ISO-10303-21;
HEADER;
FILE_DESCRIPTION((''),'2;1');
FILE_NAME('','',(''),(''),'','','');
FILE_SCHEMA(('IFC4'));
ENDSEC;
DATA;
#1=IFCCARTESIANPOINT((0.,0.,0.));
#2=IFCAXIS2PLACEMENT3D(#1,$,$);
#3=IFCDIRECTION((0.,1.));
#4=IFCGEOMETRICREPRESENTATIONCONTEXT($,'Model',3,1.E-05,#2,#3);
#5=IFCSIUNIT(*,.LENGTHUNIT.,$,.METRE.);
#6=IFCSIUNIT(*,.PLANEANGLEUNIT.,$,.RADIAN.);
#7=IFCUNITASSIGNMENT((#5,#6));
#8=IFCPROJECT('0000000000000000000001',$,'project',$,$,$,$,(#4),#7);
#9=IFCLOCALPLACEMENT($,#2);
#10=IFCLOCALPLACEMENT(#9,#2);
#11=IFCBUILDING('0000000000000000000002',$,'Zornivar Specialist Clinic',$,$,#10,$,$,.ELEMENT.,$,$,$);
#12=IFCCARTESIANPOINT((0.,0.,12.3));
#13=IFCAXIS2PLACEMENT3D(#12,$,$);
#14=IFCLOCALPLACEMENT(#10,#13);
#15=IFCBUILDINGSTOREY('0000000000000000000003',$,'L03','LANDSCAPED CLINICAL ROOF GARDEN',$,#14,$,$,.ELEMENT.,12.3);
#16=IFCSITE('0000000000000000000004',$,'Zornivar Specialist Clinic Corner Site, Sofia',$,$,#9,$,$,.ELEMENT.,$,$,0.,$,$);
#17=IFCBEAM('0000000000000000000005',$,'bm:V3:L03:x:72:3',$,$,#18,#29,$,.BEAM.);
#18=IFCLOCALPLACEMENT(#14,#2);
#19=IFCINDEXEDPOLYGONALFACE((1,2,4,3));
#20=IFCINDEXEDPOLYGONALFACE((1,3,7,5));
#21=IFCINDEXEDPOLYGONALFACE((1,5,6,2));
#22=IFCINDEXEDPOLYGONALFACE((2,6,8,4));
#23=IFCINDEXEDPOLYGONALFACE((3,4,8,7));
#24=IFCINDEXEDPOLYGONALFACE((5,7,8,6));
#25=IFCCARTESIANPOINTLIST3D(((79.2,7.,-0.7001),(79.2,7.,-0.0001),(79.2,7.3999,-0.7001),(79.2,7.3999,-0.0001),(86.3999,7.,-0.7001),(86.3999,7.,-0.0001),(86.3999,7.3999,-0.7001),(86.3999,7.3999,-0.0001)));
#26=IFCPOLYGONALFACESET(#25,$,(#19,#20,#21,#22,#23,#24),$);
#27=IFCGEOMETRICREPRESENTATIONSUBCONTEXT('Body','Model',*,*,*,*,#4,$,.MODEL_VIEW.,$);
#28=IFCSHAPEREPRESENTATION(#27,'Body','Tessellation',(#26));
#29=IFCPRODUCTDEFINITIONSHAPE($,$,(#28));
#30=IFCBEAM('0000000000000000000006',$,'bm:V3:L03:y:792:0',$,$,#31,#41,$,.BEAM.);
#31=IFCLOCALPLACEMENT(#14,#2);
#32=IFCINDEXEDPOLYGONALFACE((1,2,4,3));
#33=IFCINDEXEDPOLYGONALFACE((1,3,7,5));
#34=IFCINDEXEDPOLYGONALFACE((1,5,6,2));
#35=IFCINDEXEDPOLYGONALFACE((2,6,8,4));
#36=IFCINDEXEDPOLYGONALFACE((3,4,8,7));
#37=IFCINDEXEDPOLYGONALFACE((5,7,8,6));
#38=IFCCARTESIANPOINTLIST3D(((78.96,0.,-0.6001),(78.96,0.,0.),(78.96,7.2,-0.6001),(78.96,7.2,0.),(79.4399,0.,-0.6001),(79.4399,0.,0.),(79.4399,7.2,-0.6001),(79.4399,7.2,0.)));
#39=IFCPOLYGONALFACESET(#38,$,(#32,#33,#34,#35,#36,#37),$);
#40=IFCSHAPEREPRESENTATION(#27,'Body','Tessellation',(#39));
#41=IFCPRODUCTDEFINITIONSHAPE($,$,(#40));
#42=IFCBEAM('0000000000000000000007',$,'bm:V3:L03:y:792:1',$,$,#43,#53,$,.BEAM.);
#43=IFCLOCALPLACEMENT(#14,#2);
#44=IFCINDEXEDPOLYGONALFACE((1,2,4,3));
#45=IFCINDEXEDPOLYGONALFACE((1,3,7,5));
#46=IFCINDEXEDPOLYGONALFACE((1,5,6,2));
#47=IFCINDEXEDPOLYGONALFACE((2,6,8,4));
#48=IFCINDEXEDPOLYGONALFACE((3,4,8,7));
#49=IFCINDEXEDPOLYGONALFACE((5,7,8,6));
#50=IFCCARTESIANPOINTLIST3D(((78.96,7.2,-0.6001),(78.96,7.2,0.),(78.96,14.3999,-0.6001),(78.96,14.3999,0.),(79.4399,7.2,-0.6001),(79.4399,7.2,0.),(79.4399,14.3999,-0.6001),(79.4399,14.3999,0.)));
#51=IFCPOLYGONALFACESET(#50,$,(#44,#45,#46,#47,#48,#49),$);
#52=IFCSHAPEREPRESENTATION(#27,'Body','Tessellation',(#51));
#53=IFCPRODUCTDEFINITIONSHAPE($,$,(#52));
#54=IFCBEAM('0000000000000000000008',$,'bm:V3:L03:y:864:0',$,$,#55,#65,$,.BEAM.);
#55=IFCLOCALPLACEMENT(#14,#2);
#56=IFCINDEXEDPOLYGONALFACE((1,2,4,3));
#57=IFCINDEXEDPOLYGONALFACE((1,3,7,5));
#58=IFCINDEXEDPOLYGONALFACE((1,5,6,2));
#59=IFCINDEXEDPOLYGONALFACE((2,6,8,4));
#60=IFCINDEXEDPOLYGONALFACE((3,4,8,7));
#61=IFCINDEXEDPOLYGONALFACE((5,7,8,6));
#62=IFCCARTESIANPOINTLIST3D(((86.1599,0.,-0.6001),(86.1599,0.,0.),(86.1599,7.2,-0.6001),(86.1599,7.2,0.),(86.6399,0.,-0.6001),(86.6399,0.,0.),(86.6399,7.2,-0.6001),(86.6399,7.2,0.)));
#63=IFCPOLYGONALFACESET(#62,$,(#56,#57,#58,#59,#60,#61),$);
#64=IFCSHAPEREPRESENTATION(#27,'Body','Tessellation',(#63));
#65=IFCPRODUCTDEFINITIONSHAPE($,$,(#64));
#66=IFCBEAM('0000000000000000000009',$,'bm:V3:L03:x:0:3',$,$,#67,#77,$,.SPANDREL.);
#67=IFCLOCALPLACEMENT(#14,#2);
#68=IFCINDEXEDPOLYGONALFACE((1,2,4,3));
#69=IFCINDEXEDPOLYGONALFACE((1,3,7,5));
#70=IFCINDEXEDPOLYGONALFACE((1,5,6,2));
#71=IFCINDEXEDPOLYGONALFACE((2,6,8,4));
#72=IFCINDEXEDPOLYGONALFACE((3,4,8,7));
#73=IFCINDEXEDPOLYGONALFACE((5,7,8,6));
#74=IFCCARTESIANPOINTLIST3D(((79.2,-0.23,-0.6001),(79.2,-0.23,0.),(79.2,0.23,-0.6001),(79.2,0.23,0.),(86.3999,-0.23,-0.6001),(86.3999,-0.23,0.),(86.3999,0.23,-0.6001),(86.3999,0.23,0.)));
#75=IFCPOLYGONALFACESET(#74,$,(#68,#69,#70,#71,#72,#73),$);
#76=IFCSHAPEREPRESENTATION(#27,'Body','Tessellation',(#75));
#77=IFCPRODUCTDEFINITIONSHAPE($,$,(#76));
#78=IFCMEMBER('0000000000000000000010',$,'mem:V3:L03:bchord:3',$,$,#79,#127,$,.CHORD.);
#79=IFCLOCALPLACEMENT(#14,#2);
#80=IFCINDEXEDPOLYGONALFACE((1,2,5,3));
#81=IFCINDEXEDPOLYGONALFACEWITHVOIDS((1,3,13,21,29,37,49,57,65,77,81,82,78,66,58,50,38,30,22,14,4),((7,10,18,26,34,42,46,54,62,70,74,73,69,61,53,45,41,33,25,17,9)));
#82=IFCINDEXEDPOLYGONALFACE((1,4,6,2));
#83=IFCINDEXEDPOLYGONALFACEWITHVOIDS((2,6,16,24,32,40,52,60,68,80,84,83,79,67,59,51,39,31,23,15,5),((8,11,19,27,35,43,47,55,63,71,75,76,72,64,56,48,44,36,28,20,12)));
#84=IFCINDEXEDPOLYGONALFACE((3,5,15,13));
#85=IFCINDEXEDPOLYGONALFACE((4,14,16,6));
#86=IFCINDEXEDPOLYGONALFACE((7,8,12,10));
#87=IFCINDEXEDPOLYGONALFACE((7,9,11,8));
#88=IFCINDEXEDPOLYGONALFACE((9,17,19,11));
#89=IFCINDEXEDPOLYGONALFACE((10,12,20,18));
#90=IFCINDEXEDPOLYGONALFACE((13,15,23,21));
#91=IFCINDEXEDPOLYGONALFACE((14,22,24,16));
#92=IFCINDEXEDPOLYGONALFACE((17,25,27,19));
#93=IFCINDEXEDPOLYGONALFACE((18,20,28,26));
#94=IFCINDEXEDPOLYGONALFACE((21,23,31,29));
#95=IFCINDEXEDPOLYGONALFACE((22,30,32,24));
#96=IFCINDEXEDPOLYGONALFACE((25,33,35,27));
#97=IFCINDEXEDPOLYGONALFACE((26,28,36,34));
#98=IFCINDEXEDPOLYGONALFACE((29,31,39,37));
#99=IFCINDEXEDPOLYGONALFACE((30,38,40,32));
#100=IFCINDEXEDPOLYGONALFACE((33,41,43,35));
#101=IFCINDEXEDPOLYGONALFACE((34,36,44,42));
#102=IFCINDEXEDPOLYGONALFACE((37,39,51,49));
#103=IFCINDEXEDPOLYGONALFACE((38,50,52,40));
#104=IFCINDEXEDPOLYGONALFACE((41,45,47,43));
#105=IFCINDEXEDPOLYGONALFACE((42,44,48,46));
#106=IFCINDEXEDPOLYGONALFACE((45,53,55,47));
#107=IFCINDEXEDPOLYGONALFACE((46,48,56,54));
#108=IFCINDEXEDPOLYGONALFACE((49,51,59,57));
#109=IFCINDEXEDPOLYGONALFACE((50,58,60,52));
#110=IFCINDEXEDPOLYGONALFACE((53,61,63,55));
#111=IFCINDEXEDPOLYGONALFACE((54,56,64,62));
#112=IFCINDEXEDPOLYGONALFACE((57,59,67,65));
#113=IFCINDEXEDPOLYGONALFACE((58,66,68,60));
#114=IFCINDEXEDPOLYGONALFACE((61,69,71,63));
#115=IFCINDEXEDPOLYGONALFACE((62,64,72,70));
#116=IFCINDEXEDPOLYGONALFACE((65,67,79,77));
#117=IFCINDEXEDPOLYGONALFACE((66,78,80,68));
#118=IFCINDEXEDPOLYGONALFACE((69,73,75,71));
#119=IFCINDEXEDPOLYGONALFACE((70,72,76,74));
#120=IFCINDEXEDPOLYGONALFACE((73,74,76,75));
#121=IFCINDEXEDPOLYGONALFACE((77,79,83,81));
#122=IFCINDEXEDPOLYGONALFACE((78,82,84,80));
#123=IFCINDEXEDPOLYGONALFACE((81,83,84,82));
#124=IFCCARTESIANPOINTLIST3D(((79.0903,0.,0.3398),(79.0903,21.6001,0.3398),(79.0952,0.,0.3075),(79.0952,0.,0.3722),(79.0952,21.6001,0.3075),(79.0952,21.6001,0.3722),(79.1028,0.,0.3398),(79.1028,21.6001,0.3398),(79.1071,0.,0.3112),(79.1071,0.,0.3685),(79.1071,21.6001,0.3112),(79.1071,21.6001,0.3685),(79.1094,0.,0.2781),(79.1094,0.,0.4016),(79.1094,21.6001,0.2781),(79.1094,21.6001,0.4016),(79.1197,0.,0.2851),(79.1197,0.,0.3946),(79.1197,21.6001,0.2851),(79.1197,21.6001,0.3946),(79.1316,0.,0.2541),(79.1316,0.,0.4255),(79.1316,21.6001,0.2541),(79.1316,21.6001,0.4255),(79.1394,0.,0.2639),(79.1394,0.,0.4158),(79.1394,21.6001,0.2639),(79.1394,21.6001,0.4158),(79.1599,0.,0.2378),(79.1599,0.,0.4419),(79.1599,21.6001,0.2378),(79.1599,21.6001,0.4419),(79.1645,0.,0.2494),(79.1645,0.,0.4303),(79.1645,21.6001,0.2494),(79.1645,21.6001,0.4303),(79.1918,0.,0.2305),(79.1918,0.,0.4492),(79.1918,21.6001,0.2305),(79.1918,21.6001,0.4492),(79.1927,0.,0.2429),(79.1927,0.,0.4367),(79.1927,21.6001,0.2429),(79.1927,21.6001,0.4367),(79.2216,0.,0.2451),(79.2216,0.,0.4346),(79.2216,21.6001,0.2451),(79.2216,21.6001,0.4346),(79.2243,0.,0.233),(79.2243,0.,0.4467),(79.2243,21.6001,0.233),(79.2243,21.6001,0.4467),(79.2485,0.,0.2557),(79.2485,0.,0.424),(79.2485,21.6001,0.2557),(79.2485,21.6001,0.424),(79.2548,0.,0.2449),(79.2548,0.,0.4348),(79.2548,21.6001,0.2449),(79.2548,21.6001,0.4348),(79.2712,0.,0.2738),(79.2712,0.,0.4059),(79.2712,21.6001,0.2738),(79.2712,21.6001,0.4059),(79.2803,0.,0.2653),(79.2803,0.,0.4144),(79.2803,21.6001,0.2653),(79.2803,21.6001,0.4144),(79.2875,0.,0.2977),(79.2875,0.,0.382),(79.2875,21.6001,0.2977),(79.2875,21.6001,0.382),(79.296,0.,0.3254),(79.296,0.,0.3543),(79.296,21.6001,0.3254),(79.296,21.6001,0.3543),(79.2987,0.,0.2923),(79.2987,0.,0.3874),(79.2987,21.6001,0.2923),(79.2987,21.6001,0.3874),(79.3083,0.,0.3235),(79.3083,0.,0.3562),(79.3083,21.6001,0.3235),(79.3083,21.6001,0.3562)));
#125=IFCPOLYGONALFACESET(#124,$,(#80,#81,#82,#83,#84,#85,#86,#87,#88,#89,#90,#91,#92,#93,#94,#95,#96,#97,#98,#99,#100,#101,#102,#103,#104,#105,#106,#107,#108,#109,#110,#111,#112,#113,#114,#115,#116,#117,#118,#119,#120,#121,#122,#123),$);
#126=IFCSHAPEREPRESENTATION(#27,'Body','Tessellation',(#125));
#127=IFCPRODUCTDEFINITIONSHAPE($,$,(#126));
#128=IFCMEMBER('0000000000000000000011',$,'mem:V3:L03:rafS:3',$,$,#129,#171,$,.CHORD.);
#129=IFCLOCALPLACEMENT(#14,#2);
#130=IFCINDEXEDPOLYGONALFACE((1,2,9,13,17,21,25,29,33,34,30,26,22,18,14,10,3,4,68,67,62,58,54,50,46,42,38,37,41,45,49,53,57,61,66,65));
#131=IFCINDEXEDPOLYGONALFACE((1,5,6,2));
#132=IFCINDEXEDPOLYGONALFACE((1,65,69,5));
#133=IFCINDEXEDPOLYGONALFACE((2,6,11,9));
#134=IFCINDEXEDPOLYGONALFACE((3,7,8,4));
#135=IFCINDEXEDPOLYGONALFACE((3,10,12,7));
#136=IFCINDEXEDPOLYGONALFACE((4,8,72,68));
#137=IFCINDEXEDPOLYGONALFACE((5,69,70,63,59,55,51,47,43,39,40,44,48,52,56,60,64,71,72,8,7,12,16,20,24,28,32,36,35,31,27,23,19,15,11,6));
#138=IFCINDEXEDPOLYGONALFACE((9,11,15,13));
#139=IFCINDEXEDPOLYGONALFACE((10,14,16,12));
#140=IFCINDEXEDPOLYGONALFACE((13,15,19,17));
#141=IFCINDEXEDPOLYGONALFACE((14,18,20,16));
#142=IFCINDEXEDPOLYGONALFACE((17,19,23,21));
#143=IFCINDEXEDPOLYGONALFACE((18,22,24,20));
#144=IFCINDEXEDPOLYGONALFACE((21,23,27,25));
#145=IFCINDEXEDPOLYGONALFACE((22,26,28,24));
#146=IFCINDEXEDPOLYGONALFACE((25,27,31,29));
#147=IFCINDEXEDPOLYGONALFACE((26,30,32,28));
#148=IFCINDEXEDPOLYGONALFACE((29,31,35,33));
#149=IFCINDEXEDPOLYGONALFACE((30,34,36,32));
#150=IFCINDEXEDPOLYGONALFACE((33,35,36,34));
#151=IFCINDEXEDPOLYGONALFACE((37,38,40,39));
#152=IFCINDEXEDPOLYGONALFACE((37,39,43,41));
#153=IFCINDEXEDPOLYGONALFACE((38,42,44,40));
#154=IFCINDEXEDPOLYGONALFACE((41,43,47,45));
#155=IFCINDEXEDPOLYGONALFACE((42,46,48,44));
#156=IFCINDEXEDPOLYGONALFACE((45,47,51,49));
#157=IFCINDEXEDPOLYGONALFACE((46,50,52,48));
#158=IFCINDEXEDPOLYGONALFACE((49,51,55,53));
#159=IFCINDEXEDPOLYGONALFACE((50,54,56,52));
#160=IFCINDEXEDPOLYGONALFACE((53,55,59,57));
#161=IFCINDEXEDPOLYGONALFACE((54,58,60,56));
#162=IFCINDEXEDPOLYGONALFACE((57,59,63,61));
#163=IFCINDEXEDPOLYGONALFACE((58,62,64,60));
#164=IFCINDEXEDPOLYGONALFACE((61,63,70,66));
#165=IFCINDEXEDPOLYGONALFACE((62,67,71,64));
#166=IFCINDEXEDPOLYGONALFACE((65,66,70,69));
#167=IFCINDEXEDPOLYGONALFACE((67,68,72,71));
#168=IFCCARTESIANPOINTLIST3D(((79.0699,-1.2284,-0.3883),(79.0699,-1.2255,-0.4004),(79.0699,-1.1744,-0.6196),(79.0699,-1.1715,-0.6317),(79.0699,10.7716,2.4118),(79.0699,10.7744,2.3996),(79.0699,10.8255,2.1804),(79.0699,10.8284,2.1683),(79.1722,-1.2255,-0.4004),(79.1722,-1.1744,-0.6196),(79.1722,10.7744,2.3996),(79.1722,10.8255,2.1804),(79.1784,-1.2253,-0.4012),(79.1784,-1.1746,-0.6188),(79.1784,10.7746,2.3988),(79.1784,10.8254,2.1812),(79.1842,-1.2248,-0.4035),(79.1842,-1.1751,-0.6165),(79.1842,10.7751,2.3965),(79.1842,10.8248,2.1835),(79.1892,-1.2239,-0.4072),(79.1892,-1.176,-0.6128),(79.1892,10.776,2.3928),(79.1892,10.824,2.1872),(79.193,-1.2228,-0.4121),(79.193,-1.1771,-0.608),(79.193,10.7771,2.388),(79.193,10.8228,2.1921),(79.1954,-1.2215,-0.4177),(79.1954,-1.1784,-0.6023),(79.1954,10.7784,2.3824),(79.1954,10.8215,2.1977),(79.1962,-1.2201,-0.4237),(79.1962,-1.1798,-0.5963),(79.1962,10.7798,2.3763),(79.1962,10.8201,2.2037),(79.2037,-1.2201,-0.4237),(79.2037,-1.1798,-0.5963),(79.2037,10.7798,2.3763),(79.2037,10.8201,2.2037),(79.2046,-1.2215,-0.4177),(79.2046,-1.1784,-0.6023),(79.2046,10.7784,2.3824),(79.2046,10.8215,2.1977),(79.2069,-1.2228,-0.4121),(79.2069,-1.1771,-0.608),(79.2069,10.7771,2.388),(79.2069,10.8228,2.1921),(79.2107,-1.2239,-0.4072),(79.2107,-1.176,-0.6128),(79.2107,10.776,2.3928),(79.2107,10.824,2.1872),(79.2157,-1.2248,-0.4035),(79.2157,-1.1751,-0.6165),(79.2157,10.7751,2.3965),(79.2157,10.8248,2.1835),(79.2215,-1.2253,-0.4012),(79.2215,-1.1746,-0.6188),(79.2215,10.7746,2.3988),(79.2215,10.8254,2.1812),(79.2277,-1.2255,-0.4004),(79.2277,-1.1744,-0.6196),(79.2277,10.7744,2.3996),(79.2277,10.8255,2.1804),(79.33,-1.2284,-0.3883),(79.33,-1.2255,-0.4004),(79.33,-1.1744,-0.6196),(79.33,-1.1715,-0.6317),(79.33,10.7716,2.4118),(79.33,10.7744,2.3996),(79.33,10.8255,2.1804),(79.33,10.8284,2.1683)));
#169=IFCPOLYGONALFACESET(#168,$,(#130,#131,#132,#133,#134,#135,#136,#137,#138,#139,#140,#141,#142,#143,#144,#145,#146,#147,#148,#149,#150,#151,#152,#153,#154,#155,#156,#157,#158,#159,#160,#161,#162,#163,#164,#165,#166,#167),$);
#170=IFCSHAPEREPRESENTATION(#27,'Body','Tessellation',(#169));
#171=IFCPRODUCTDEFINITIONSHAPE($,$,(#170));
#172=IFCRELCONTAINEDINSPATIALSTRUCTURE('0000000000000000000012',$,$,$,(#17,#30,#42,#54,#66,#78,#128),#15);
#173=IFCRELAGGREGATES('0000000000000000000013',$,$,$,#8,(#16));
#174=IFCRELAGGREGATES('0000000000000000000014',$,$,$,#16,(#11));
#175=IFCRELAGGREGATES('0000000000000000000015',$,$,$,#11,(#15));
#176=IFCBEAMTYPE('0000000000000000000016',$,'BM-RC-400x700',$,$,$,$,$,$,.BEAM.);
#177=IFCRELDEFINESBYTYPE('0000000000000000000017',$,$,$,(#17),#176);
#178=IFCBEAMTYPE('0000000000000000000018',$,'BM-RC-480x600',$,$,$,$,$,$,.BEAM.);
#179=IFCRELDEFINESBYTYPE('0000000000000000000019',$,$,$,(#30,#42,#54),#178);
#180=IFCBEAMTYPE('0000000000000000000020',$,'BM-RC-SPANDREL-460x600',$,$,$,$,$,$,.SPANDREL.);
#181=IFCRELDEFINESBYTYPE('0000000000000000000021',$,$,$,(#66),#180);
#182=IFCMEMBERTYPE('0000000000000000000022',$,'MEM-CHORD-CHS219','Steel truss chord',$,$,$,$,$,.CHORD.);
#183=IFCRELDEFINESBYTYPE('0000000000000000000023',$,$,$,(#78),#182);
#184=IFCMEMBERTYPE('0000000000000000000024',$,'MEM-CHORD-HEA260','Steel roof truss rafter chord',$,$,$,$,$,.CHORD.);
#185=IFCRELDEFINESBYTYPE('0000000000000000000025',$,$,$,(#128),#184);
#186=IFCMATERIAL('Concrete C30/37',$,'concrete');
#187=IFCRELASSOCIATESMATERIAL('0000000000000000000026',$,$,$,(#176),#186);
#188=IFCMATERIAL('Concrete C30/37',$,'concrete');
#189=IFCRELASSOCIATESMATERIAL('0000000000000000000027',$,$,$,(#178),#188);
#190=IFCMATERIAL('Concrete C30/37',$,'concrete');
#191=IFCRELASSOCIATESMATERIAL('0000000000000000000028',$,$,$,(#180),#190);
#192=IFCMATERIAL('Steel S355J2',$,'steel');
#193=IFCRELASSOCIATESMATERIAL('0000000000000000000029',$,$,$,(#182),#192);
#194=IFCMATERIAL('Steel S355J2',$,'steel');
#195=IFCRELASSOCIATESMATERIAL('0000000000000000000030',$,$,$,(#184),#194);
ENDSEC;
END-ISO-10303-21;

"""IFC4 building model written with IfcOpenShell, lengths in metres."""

from ifc_helpers import new_model, si_unit, direction, frame, origin, origin_2d, place, context, subcontext, project, spatial, rectangle, hollow_circle, i_section, extrude, material, material_profile, profile_set, type_object, element, save


model = new_model("IFC4")

# Units and contexts
model_context = context("Model", 3, precision=1e-05, world=origin(), true_north=direction((0.0, 1.0)))
body_context = subcontext(model_context, "Body", "Model", "MODEL_VIEW")
ifc_project = project(units=[si_unit("LENGTHUNIT", "METRE"), si_unit("PLANEANGLEUNIT", "RADIAN")], contexts=[model_context])

# Site, building, storey
site_placement = place(None, origin())
site = spatial("IfcSite", under=ifc_project, at=site_placement, Name="Zornivar Specialist Clinic Corner Site, Sofia", CompositionType="ELEMENT", RefElevation=0.0)
building_placement = place(site_placement, origin())
building = spatial("IfcBuilding", under=site, at=building_placement, Name="Zornivar Specialist Clinic", CompositionType="ELEMENT")
storey_placement = place(building_placement, frame((0.0, 0.0, 12.3)))
storey = spatial("IfcBuildingStorey", under=building, at=storey_placement, Name="L03", Description="LANDSCAPED CLINICAL ROOF GARDEN", CompositionType="ELEMENT", Elevation=12.3)

# Beams
ifc_material_1 = material(Name="Concrete C30/37", Category="concrete")
ifc_material_profile_1 = material_profile(ifc_material_1, rectangle(XDim=0.3999, YDim=0.7, at=origin_2d()), Name="RC 400x700")
ifc_profile_set_1 = profile_set([ifc_material_profile_1], Name="Concrete C30/37")
beam_type_1 = type_object("IfcBeamType", Name="BM-RC-400x700", PredefinedType="BEAM", material=ifc_profile_set_1)
beam_1_placement = place(storey_placement, frame((79.2, 7.2, -0.3501), z_axis=(1.0, 0.0, 0.0), x_axis=(0.0, 1.0, 0.0)))
element("IfcBeam", 1, at=beam_1_placement, inside=storey, type_object=beam_type_1, Name="bm:V3:L03:x:72:3", PredefinedType="BEAM", context=body_context, shape_type="SweptSolid", body=[
    extrude(rectangle(XDim=0.3999, YDim=0.7, at=origin_2d()), origin(), (0.0, 0.0, 1.0), 7.2),
])
ifc_material_2 = material(Name="Concrete C30/37", Category="concrete")
ifc_material_profile_2 = material_profile(ifc_material_2, rectangle(XDim=0.48, YDim=0.6001, at=origin_2d()), Name="RC 480x600")
ifc_profile_set_2 = profile_set([ifc_material_profile_2], Name="Concrete C30/37")
beam_type_2 = type_object("IfcBeamType", Name="BM-RC-480x600", PredefinedType="BEAM", material=ifc_profile_set_2)
for number, where, z_axis, x_axis, name in (
    (2, (79.2, 0.0, -0.3), (0.0, 1.0, 0.0), (-1.0, 0.0, 0.0), "bm:V3:L03:y:792:0"),
    (3, (79.2, 7.2, -0.3), (0.0, 1.0, 0.0), (-1.0, 0.0, 0.0), "bm:V3:L03:y:792:1"),
    (4, (86.3999, 0.0, -0.3), (0.0, 1.0, 0.0), (-1.0, 0.0, 0.0), "bm:V3:L03:y:864:0"),
):
    element("IfcBeam", number, at=place(storey_placement, frame(where, z_axis=z_axis, x_axis=x_axis)), inside=storey, type_object=beam_type_2, Name=name, PredefinedType="BEAM", context=body_context, shape_type="SweptSolid", body=[
        extrude(rectangle(XDim=0.48, YDim=0.6001, at=origin_2d()), origin(), (0.0, 0.0, 1.0), 7.2),
    ])
ifc_material_3 = material(Name="Concrete C30/37", Category="concrete")
ifc_material_profile_3 = material_profile(ifc_material_3, rectangle(XDim=0.46, YDim=0.6001, at=origin_2d()), Name="RC 460x600")
ifc_profile_set_3 = profile_set([ifc_material_profile_3], Name="Concrete C30/37")
beam_type_3 = type_object("IfcBeamType", Name="BM-RC-SPANDREL-460x600", PredefinedType="SPANDREL", material=ifc_profile_set_3)
beam_2_placement = place(storey_placement, frame((79.2, 0.0, -0.3), z_axis=(1.0, 0.0, 0.0), x_axis=(0.0, 1.0, 0.0)))
element("IfcBeam", 5, at=beam_2_placement, inside=storey, type_object=beam_type_3, Name="bm:V3:L03:x:0:3", PredefinedType="SPANDREL", context=body_context, shape_type="SweptSolid", body=[
    extrude(rectangle(XDim=0.46, YDim=0.6001, at=origin_2d()), origin(), (0.0, 0.0, 1.0), 7.2),
])

# Members
ifc_material_4 = material(Name="Steel S355J2", Category="steel")
ifc_material_profile_4 = material_profile(ifc_material_4, hollow_circle(Radius=0.1096, WallThickness=0.0125, at=origin_2d()), Name="CHS 219.1x12.5")
ifc_profile_set_4 = profile_set([ifc_material_profile_4], Name="Steel S355J2")
member_type_1 = type_object("IfcMemberType", Name="MEM-CHORD-CHS219", Description="Steel truss chord", PredefinedType="CHORD", material=ifc_profile_set_4)
member_1_placement = place(storey_placement, frame((79.2, 0.0, 0.3398), z_axis=(0.0, 1.0, 0.0), x_axis=(-1.0, 0.0, 0.0)))
element("IfcMember", 6, at=member_1_placement, inside=storey, type_object=member_type_1, Name="mem:V3:L03:bchord:3", PredefinedType="CHORD", context=body_context, shape_type="SweptSolid", body=[
    extrude(hollow_circle(Radius=0.1096, WallThickness=0.0125, at=origin_2d()), origin(), (0.0, 0.0, 1.0), 21.6001),
])
ifc_material_5 = material(Name="Steel S355J2", Category="steel")
ifc_material_profile_5 = material_profile(ifc_material_5, i_section(OverallWidth=0.26, OverallDepth=0.25, WebThickness=0.0076, FlangeThickness=0.0125, FilletRadius=0.0239, at=origin_2d()), Name="HEA 260")
ifc_profile_set_5 = profile_set([ifc_material_profile_5], Name="Steel S355J2")
member_type_2 = type_object("IfcMemberType", Name="MEM-CHORD-HEA260", Description="Steel roof truss rafter chord", PredefinedType="CHORD", material=ifc_profile_set_5)
for number, where, z_axis, x_axis, name in (
    (7, (79.2, -1.2, -0.51), (0.0, 0.97384, 0.227233), (-1.0, 0.0, 0.0), "mem:V3:L03:rafS:3"),
):
    element("IfcMember", number, at=place(storey_placement, frame(where, z_axis=z_axis, x_axis=x_axis)), inside=storey, type_object=member_type_2, Name=name, PredefinedType="CHORD", context=body_context, shape_type="SweptSolid", body=[
        extrude(i_section(OverallWidth=0.26, OverallDepth=0.25, WebThickness=0.0076, FlangeThickness=0.0125, FilletRadius=0.0239, at=origin_2d()), origin(), (0.0, 0.0, 1.0), 12.3223),
    ])

save(model, "model.ifc")
